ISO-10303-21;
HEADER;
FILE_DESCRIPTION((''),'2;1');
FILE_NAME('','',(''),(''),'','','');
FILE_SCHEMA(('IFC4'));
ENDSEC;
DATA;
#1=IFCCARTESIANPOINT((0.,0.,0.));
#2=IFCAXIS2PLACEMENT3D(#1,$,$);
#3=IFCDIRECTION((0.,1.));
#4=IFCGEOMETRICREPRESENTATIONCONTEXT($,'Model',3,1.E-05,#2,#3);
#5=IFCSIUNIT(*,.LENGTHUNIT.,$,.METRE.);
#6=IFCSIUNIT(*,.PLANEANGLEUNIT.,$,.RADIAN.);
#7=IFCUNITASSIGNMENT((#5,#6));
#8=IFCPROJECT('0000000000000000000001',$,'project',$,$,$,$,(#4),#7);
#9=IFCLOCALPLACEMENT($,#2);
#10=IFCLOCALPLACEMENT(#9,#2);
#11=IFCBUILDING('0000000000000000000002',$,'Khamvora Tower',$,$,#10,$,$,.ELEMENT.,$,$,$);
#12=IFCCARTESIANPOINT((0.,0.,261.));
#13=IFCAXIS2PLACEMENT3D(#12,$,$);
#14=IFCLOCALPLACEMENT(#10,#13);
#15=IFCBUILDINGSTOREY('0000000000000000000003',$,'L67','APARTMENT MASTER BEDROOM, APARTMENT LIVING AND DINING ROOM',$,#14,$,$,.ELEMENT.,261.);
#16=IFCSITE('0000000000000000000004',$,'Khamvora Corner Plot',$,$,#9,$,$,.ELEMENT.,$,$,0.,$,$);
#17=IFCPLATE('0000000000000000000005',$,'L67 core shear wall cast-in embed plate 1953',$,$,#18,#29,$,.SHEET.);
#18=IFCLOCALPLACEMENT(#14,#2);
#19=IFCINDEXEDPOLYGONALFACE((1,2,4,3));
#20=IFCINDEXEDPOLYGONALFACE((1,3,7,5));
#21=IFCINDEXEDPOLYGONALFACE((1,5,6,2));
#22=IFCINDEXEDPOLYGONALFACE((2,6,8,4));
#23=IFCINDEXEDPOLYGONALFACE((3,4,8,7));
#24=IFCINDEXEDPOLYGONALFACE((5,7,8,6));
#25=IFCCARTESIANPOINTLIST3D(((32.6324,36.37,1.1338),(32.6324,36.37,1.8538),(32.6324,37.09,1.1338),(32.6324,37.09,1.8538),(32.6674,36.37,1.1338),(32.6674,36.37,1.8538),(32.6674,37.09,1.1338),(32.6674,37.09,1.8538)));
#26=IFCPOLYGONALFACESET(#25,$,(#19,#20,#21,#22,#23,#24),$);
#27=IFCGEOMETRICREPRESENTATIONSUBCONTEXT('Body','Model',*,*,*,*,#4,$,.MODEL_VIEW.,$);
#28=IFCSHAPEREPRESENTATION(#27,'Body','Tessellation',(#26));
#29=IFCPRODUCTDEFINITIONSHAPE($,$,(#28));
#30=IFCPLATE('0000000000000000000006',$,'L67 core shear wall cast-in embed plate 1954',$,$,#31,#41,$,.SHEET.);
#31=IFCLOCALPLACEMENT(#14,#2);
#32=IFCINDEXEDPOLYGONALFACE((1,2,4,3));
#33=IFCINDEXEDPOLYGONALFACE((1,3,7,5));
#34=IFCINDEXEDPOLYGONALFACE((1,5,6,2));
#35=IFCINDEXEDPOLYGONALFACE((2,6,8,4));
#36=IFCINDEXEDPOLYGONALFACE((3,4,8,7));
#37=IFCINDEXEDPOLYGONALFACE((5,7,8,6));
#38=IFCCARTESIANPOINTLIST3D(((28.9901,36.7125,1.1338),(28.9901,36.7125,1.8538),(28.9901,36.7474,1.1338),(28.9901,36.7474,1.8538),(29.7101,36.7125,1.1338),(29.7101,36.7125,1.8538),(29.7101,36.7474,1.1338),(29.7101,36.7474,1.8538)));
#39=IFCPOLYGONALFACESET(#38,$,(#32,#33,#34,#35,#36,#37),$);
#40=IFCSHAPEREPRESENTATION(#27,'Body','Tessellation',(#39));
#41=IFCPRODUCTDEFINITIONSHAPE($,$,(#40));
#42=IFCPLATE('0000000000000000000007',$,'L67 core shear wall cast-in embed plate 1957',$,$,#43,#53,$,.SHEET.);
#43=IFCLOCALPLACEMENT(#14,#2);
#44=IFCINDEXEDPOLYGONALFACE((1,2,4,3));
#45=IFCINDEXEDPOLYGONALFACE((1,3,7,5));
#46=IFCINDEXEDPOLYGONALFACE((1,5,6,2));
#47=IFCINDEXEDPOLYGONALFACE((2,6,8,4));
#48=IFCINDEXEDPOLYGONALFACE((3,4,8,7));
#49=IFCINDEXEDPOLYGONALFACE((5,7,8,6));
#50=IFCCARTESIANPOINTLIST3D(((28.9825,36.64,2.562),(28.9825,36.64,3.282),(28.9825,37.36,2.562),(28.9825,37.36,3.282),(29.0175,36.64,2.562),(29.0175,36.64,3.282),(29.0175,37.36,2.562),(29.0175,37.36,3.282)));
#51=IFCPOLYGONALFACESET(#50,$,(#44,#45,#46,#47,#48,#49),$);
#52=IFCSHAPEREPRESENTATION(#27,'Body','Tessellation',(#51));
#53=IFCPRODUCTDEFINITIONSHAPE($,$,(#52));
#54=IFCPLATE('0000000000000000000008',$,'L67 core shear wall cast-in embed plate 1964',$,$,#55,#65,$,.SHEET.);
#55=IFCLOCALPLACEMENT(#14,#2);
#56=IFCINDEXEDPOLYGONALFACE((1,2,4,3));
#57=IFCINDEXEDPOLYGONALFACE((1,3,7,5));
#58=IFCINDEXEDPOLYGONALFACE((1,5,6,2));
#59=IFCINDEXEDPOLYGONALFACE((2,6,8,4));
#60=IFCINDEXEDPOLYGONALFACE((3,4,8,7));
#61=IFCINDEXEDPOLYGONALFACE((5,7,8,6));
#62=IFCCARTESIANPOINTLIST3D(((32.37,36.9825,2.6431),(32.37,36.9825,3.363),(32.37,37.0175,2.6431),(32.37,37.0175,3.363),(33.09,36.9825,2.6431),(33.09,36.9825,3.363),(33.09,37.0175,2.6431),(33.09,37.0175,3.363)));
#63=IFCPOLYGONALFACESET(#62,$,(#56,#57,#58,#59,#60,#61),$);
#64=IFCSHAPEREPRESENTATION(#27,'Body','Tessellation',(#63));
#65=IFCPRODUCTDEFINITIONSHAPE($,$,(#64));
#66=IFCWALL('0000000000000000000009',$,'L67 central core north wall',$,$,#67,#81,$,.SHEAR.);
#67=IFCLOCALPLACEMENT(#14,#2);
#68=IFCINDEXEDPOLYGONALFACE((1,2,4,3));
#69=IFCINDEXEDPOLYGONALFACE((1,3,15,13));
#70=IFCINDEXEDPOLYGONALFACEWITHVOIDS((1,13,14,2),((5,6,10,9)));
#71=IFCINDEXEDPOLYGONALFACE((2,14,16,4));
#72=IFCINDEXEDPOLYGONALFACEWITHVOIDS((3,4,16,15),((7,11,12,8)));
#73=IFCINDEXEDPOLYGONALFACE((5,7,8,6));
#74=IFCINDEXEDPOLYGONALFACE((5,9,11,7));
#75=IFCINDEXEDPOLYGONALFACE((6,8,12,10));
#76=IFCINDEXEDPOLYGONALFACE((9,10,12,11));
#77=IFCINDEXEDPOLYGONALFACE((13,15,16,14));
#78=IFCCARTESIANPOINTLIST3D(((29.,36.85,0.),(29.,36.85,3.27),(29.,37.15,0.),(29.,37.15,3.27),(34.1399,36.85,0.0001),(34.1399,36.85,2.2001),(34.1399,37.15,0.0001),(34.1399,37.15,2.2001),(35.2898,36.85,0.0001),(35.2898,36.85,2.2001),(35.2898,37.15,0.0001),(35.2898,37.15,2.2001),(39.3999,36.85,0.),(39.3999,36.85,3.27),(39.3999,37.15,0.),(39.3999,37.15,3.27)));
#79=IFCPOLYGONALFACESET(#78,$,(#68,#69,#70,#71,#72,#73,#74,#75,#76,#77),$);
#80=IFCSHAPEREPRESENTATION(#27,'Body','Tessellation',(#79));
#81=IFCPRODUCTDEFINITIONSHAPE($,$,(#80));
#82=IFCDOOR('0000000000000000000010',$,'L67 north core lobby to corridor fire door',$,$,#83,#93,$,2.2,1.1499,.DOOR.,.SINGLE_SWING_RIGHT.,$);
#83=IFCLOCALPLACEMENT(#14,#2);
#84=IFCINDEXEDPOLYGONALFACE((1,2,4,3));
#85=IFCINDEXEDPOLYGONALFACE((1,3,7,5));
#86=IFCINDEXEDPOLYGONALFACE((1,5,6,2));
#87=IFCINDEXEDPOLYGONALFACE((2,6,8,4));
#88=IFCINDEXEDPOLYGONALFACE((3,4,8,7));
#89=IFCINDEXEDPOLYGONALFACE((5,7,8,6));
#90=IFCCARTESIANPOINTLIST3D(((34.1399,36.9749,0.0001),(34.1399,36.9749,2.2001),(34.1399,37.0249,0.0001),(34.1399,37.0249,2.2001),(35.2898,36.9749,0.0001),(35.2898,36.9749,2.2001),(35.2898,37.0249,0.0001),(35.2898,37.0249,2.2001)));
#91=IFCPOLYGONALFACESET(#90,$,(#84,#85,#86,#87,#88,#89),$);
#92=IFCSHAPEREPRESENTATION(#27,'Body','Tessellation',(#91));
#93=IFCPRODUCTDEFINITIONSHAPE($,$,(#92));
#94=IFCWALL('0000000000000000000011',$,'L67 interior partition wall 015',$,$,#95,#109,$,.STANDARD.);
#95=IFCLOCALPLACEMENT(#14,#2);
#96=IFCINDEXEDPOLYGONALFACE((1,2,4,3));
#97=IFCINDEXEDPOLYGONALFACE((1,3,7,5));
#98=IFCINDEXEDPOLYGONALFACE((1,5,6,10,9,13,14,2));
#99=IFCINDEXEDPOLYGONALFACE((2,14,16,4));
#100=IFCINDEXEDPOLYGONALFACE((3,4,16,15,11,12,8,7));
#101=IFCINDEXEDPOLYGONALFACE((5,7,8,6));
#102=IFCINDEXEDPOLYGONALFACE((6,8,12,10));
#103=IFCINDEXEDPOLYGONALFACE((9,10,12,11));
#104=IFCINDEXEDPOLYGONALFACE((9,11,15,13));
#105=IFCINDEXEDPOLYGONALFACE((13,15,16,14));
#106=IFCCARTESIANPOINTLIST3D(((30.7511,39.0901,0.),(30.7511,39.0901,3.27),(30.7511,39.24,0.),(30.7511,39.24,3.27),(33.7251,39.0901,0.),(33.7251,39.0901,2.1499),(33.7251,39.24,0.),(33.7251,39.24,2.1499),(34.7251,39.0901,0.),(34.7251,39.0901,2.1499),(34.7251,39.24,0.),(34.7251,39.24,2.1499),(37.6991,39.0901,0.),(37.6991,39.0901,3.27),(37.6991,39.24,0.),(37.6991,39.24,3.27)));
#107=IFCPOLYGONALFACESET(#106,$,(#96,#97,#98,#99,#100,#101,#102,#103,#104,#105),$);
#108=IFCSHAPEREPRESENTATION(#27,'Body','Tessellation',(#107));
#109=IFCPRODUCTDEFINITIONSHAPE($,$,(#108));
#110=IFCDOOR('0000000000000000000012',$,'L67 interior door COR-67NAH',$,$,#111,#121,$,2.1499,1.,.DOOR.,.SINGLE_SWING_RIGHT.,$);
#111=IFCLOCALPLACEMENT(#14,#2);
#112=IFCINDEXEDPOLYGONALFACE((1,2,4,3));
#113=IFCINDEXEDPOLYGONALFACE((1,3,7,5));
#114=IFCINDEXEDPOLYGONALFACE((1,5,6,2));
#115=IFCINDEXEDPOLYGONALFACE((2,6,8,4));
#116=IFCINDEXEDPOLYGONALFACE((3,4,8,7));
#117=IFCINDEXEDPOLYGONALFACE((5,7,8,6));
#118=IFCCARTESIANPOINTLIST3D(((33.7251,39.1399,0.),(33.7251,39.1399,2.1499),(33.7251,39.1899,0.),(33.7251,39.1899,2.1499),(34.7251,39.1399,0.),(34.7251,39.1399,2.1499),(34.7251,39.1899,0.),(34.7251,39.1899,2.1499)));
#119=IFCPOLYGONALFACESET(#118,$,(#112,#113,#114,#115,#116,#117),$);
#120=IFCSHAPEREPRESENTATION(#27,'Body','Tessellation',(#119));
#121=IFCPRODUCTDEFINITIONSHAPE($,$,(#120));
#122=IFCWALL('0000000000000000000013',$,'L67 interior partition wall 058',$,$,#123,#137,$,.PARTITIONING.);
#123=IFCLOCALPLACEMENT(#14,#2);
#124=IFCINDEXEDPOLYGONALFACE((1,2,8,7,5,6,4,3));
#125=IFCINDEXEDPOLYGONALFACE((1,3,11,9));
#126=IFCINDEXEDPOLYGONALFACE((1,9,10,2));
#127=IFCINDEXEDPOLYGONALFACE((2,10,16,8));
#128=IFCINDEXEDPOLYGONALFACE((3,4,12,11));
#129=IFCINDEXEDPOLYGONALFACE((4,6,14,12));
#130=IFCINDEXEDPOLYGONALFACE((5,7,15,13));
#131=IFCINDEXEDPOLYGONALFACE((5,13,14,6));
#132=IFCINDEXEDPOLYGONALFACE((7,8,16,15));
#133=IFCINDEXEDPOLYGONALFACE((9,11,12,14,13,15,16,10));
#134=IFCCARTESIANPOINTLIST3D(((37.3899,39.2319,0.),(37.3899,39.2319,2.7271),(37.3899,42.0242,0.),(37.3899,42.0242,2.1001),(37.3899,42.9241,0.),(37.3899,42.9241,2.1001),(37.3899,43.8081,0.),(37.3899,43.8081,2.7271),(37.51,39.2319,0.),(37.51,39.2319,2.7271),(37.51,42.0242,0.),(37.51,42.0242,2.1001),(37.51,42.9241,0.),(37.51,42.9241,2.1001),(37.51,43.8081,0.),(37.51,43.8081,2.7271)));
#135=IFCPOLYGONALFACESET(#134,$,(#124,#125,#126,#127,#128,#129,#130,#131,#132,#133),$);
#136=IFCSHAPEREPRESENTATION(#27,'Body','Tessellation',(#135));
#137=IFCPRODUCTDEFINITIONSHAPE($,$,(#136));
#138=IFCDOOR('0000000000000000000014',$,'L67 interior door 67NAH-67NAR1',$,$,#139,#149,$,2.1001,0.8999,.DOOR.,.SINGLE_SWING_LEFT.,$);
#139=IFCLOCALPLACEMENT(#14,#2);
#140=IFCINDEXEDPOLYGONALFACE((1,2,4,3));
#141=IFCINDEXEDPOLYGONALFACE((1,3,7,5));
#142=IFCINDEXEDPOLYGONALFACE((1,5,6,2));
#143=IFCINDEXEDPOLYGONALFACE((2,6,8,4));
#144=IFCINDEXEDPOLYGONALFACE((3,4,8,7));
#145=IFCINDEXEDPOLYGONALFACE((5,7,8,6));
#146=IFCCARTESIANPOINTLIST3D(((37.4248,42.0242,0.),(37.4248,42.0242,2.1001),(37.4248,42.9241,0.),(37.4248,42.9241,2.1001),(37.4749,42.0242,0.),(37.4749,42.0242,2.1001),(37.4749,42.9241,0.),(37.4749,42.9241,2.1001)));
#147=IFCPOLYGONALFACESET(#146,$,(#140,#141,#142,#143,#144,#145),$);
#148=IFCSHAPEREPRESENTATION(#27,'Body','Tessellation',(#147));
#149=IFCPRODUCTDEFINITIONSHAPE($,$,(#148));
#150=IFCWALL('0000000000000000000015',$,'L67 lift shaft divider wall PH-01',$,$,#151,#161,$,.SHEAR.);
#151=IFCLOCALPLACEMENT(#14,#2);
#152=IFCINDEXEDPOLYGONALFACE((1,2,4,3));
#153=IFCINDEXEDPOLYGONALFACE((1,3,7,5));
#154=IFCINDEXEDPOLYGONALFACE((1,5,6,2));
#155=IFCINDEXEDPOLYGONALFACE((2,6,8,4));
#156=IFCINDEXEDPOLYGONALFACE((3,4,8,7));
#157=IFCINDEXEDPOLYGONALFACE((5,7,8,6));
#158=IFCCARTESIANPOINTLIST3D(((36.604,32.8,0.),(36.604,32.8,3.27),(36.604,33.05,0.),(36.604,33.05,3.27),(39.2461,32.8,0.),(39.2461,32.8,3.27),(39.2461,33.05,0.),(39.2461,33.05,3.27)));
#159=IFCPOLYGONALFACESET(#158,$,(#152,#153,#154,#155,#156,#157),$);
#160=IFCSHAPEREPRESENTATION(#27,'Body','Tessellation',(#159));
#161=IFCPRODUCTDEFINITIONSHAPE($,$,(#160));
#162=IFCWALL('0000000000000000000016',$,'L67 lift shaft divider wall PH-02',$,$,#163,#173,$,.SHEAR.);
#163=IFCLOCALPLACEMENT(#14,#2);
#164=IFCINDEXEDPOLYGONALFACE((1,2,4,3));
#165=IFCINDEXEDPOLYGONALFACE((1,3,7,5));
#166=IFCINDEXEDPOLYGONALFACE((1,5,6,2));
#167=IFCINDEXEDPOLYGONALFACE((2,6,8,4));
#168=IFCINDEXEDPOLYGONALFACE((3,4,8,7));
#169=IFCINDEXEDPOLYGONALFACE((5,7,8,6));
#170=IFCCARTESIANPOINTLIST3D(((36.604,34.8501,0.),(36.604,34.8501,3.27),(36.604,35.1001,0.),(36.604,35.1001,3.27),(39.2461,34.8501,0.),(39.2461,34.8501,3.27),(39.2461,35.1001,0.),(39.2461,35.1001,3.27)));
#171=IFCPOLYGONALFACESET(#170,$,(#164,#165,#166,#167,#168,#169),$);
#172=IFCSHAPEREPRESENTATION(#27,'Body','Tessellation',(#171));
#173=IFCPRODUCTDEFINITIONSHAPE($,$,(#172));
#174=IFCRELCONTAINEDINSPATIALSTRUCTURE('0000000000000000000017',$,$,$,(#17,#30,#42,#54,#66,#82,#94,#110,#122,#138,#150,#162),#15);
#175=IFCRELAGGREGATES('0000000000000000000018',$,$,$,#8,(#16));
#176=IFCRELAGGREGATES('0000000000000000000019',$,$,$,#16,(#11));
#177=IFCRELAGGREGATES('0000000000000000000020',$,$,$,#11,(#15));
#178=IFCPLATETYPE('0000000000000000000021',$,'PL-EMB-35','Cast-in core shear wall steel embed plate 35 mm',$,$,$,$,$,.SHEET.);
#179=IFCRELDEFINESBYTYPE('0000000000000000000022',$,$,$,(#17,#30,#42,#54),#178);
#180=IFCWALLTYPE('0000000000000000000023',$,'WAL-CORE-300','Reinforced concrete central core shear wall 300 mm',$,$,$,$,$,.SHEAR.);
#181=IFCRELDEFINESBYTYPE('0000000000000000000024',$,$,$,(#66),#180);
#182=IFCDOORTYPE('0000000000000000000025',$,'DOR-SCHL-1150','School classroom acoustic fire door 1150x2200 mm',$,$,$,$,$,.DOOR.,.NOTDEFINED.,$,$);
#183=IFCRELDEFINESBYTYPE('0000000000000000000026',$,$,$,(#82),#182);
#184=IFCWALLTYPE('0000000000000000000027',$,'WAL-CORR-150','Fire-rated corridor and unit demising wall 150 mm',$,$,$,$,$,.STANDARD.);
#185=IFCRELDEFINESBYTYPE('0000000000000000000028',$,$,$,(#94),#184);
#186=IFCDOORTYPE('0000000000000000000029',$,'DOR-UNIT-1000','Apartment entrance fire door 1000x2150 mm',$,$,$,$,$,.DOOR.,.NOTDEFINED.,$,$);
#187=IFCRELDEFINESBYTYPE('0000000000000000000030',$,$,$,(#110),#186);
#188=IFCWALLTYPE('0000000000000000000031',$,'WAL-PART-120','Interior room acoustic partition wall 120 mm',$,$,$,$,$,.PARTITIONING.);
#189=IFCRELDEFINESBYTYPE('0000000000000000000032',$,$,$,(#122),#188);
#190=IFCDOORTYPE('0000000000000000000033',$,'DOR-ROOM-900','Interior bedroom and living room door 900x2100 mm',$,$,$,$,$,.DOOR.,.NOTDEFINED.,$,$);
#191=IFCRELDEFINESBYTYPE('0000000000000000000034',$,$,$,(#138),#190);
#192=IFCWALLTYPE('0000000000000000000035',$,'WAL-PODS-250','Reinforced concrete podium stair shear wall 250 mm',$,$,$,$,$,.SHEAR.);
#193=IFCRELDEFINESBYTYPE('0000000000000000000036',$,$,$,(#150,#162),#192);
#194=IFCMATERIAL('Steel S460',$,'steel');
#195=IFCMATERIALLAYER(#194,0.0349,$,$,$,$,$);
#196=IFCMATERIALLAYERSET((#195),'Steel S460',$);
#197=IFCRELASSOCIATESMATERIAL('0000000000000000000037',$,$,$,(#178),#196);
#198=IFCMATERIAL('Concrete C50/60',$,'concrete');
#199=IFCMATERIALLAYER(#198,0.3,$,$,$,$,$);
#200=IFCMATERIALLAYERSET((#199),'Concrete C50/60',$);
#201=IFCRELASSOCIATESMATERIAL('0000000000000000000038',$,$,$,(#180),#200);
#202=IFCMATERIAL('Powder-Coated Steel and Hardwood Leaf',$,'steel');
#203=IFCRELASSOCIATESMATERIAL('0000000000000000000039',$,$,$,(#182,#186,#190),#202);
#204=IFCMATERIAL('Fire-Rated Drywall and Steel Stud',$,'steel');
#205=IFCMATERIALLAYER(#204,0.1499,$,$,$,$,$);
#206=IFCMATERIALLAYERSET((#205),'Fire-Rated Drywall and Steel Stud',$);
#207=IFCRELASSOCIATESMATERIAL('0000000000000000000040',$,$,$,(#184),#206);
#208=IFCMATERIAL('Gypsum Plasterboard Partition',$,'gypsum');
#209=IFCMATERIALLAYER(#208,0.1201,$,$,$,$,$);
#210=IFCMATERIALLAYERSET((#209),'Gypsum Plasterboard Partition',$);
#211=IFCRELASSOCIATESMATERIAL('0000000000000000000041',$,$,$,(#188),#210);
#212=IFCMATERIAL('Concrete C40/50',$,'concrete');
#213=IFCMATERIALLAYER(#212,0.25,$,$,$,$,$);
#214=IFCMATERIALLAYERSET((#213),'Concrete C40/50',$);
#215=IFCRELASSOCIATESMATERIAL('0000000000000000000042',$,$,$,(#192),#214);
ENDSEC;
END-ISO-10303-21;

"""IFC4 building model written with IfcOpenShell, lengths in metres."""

from ifc_helpers import new_model, si_unit, direction, frame, frame_2d, origin, origin_2d, place, context, subcontext, project, spatial, rectangle, extrude, material, layer, layer_set, type_object, element, fill, save


model = new_model("IFC4")

# Units and contexts
model_context = context("Model", 3, precision=1e-05, world=origin(), true_north=direction((0.0, 1.0)))
body_context = subcontext(model_context, "Body", "Model", "MODEL_VIEW")
ifc_project = project(units=[si_unit("LENGTHUNIT", "METRE"), si_unit("PLANEANGLEUNIT", "RADIAN")], contexts=[model_context])

# Site, building, storey
site_placement = place(None, origin())
site = spatial("IfcSite", under=ifc_project, at=site_placement, Name="Khamvora Corner Plot", CompositionType="ELEMENT", RefElevation=0.0)
building_placement = place(site_placement, origin())
building = spatial("IfcBuilding", under=site, at=building_placement, Name="Khamvora Tower", CompositionType="ELEMENT")
storey_placement = place(building_placement, frame((0.0, 0.0, 261.0)))
storey = spatial("IfcBuildingStorey", under=building, at=storey_placement, Name="L67", Description="APARTMENT MASTER BEDROOM, APARTMENT LIVING AND DINING ROOM", CompositionType="ELEMENT", Elevation=261.0)

# Plates
ifc_material_1 = material(Name="Steel S460", Category="steel")
ifc_layer_1 = layer(ifc_material_1, 0.0349)
ifc_layer_set_1 = layer_set([ifc_layer_1], Name="Steel S460")
plate_type = type_object("IfcPlateType", Name="PL-EMB-35", Description="Cast-in core shear wall steel embed plate 35 mm", PredefinedType="SHEET", material=ifc_layer_set_1)
for number, where, z_axis, x_axis, name in (
    (1, (32.6499, 36.73, 1.1338), (0.0, 0.0, 1.0), (1.0, 0.0, 0.0), "L67 core shear wall cast-in embed plate 1953"),
):
    element("IfcPlate", number, at=place(storey_placement, frame(where, z_axis=z_axis, x_axis=x_axis)), inside=storey, type_object=plate_type, Name=name, PredefinedType="SHEET", context=body_context, shape_type="SweptSolid", body=[
        extrude(rectangle(XDim=0.0349, YDim=0.72, at=origin_2d()), origin(), (0.0, 0.0, 1.0), 0.72),
    ])
plate_1_placement = place(storey_placement, frame((29.3501, 36.73, 1.1338), z_axis=(0.0, 0.0, 1.0), x_axis=(1.0, 0.0, 0.0)))
element("IfcPlate", 2, at=plate_1_placement, inside=storey, type_object=plate_type, Name="L67 core shear wall cast-in embed plate 1954", PredefinedType="SHEET", context=body_context, shape_type="SweptSolid", body=[
    extrude(rectangle(XDim=0.72, YDim=0.0349, at=origin_2d()), origin(), (0.0, 0.0, 1.0), 0.72),
])
plate_2_placement = place(storey_placement, frame((29.0, 37.0, 2.562), z_axis=(0.0, 0.0, 1.0), x_axis=(1.0, 0.0, 0.0)))
element("IfcPlate", 3, at=plate_2_placement, inside=storey, type_object=plate_type, Name="L67 core shear wall cast-in embed plate 1957", PredefinedType="SHEET", context=body_context, shape_type="SweptSolid", body=[
    extrude(rectangle(XDim=0.0349, YDim=0.72, at=origin_2d()), origin(), (0.0, 0.0, 1.0), 0.72),
])
plate_3_placement = place(storey_placement, frame((32.73, 37.0, 2.6431), z_axis=(0.0, 0.0, 1.0), x_axis=(1.0, 0.0, 0.0)))
element("IfcPlate", 4, at=plate_3_placement, inside=storey, type_object=plate_type, Name="L67 core shear wall cast-in embed plate 1964", PredefinedType="SHEET", context=body_context, shape_type="SweptSolid", body=[
    extrude(rectangle(XDim=0.72, YDim=0.0349, at=origin_2d()), origin(), (0.0, 0.0, 1.0), 0.72),
])

# Walls, openings, doors
ifc_material_2 = material(Name="Concrete C50/60", Category="concrete")
ifc_layer_2 = layer(ifc_material_2, 0.3)
ifc_layer_set_2 = layer_set([ifc_layer_2], Name="Concrete C50/60")
wall_type_1 = type_object("IfcWallType", Name="WAL-CORE-300", Description="Reinforced concrete central core shear wall 300 mm", PredefinedType="SHEAR", material=ifc_layer_set_2)
wall_1_placement = place(storey_placement, frame((29.0, 37.0, 0.0), z_axis=(0.0, 0.0, 1.0), x_axis=(1.0, 0.0, 0.0)))
wall_1 = element("IfcWall", 5, at=wall_1_placement, inside=storey, type_object=wall_type_1, Name="L67 central core north wall", PredefinedType="SHEAR", context=body_context, shape_type="SweptSolid", body=[
    extrude(rectangle(XDim=10.3999, YDim=0.3, at=frame_2d((5.2, 0.0))), origin(), (0.0, 0.0, 1.0), 3.27),
])
opening_1_placement = place(wall_1_placement, frame((5.1399, 0.0, 0.0)))
opening_1 = element("IfcOpeningElement", 6, at=opening_1_placement, cuts=wall_1, PredefinedType="OPENING", context=body_context, shape_type="SweptSolid", body=[
    extrude(rectangle(XDim=1.1499, YDim=2.2, at=frame_2d((0.575, 1.1001))), frame((0.0, 0.1599, 0.0), z_axis=(0.0, -1.0, 0.0), x_axis=(1.0, 0.0, 0.0)), (0.0, 0.0, 1.0), 0.3201),
])
ifc_material_3 = material(Name="Powder-Coated Steel and Hardwood Leaf", Category="steel")
door_type_1 = type_object("IfcDoorType", Name="DOR-SCHL-1150", Description="School classroom acoustic fire door 1150x2200 mm", OperationType="NOTDEFINED", PredefinedType="DOOR", material=ifc_material_3)
door_1_placement = place(opening_1_placement, origin())
door_1 = element("IfcDoor", 7, at=door_1_placement, inside=storey, type_object=door_type_1, Name="L67 north core lobby to corridor fire door", OperationType="SINGLE_SWING_RIGHT", OverallHeight=2.2, OverallWidth=1.1499, PredefinedType="DOOR", context=body_context, shape_type="SweptSolid", body=[
    extrude(rectangle(XDim=1.1499, YDim=2.2, at=frame_2d((0.575, 1.1001))), frame((0.0, 0.0249, 0.0), z_axis=(0.0, -1.0, 0.0), x_axis=(1.0, 0.0, 0.0)), (0.0, 0.0, 1.0), 0.05),
])
fill(opening_1, door_1)
ifc_material_4 = material(Name="Fire-Rated Drywall and Steel Stud", Category="steel")
ifc_layer_3 = layer(ifc_material_4, 0.1499)
ifc_layer_set_3 = layer_set([ifc_layer_3], Name="Fire-Rated Drywall and Steel Stud")
wall_type_2 = type_object("IfcWallType", Name="WAL-CORR-150", Description="Fire-rated corridor and unit demising wall 150 mm", PredefinedType="STANDARD", material=ifc_layer_set_3)
wall_2_placement = place(storey_placement, frame((30.751, 39.165, 0.0), z_axis=(0.0, 0.0, 1.0), x_axis=(1.0, 0.0, 0.0)))
wall_2 = element("IfcWall", 8, at=wall_2_placement, inside=storey, type_object=wall_type_2, Name="L67 interior partition wall 015", PredefinedType="STANDARD", context=body_context, shape_type="SweptSolid", body=[
    extrude(rectangle(XDim=6.948, YDim=0.1499, at=frame_2d((3.4741, 0.0))), origin(), (0.0, 0.0, 1.0), 3.27),
])
opening_2_placement = place(wall_2_placement, frame((2.9741, 0.0, 0.0)))
opening_2 = element("IfcOpeningElement", 9, at=opening_2_placement, cuts=wall_2, PredefinedType="OPENING", context=body_context, shape_type="SweptSolid", body=[
    extrude(rectangle(XDim=1.0, YDim=2.1499, at=frame_2d((0.5, 1.075))), frame((0.0, 0.085, 0.0), z_axis=(0.0, -1.0, 0.0), x_axis=(1.0, 0.0, 0.0)), (0.0, 0.0, 1.0), 0.1699),
])
door_type_2 = type_object("IfcDoorType", Name="DOR-UNIT-1000", Description="Apartment entrance fire door 1000x2150 mm", OperationType="NOTDEFINED", PredefinedType="DOOR", material=ifc_material_3)
door_2_placement = place(opening_2_placement, origin())
door_2 = element("IfcDoor", 10, at=door_2_placement, inside=storey, type_object=door_type_2, Name="L67 interior door COR-67NAH", OperationType="SINGLE_SWING_RIGHT", OverallHeight=2.1499, OverallWidth=1.0, PredefinedType="DOOR", context=body_context, shape_type="SweptSolid", body=[
    extrude(rectangle(XDim=1.0, YDim=2.1499, at=frame_2d((0.5, 1.075))), frame((0.0, 0.0249, 0.0), z_axis=(0.0, -1.0, 0.0), x_axis=(1.0, 0.0, 0.0)), (0.0, 0.0, 1.0), 0.05),
])
fill(opening_2, door_2)
ifc_material_5 = material(Name="Gypsum Plasterboard Partition", Category="gypsum")
ifc_layer_4 = layer(ifc_material_5, 0.1201)
ifc_layer_set_4 = layer_set([ifc_layer_4], Name="Gypsum Plasterboard Partition")
wall_type_3 = type_object("IfcWallType", Name="WAL-PART-120", Description="Interior room acoustic partition wall 120 mm", PredefinedType="PARTITIONING", material=ifc_layer_set_4)
wall_3_placement = place(storey_placement, frame((37.45, 43.8081, 0.0), z_axis=(0.0, 0.0, 1.0), x_axis=(0.0, -1.0, 0.0)))
wall_3 = element("IfcWall", 11, at=wall_3_placement, inside=storey, type_object=wall_type_3, Name="L67 interior partition wall 058", PredefinedType="PARTITIONING", context=body_context, shape_type="SweptSolid", body=[
    extrude(rectangle(XDim=4.5762, YDim=0.1201, at=frame_2d((2.2881, 0.0))), origin(), (0.0, 0.0, 1.0), 2.7271),
])
opening_3_placement = place(wall_3_placement, frame((0.884, 0.0, 0.0)))
opening_3 = element("IfcOpeningElement", 12, at=opening_3_placement, cuts=wall_3, PredefinedType="OPENING", context=body_context, shape_type="SweptSolid", body=[
    extrude(rectangle(XDim=0.8999, YDim=2.1001, at=frame_2d((0.45, 1.05))), frame((0.0, 0.0701, 0.0), z_axis=(0.0, -1.0, 0.0), x_axis=(1.0, 0.0, 0.0)), (0.0, 0.0, 1.0), 0.1401),
])
door_type_3 = type_object("IfcDoorType", Name="DOR-ROOM-900", Description="Interior bedroom and living room door 900x2100 mm", OperationType="NOTDEFINED", PredefinedType="DOOR", material=ifc_material_3)
door_3_placement = place(opening_3_placement, origin())
door_3 = element("IfcDoor", 13, at=door_3_placement, inside=storey, type_object=door_type_3, Name="L67 interior door 67NAH-67NAR1", OperationType="SINGLE_SWING_LEFT", OverallHeight=2.1001, OverallWidth=0.8999, PredefinedType="DOOR", context=body_context, shape_type="SweptSolid", body=[
    extrude(rectangle(XDim=0.8999, YDim=2.1001, at=frame_2d((0.45, 1.05))), frame((0.0, 0.0249, 0.0), z_axis=(0.0, -1.0, 0.0), x_axis=(1.0, 0.0, 0.0)), (0.0, 0.0, 1.0), 0.05),
])
fill(opening_3, door_3)

# Walls
ifc_material_6 = material(Name="Concrete C40/50", Category="concrete")
ifc_layer_5 = layer(ifc_material_6, 0.25)
ifc_layer_set_5 = layer_set([ifc_layer_5], Name="Concrete C40/50")
wall_type_4 = type_object("IfcWallType", Name="WAL-PODS-250", Description="Reinforced concrete podium stair shear wall 250 mm", PredefinedType="SHEAR", material=ifc_layer_set_5)
for number, where, z_axis, x_axis, name in (
    (14, (36.604, 32.925, 0.0), (0.0, 0.0, 1.0), (1.0, 0.0, 0.0), "L67 lift shaft divider wall PH-01"),
    (15, (36.604, 34.9751, 0.0), (0.0, 0.0, 1.0), (1.0, 0.0, 0.0), "L67 lift shaft divider wall PH-02"),
):
    element("IfcWall", number, at=place(storey_placement, frame(where, z_axis=z_axis, x_axis=x_axis)), inside=storey, type_object=wall_type_4, Name=name, PredefinedType="SHEAR", context=body_context, shape_type="SweptSolid", body=[
        extrude(rectangle(XDim=2.6421, YDim=0.25, at=frame_2d((1.321, 0.0))), origin(), (0.0, 0.0, 1.0), 3.27),
    ])

save(model, "model.ifc")
